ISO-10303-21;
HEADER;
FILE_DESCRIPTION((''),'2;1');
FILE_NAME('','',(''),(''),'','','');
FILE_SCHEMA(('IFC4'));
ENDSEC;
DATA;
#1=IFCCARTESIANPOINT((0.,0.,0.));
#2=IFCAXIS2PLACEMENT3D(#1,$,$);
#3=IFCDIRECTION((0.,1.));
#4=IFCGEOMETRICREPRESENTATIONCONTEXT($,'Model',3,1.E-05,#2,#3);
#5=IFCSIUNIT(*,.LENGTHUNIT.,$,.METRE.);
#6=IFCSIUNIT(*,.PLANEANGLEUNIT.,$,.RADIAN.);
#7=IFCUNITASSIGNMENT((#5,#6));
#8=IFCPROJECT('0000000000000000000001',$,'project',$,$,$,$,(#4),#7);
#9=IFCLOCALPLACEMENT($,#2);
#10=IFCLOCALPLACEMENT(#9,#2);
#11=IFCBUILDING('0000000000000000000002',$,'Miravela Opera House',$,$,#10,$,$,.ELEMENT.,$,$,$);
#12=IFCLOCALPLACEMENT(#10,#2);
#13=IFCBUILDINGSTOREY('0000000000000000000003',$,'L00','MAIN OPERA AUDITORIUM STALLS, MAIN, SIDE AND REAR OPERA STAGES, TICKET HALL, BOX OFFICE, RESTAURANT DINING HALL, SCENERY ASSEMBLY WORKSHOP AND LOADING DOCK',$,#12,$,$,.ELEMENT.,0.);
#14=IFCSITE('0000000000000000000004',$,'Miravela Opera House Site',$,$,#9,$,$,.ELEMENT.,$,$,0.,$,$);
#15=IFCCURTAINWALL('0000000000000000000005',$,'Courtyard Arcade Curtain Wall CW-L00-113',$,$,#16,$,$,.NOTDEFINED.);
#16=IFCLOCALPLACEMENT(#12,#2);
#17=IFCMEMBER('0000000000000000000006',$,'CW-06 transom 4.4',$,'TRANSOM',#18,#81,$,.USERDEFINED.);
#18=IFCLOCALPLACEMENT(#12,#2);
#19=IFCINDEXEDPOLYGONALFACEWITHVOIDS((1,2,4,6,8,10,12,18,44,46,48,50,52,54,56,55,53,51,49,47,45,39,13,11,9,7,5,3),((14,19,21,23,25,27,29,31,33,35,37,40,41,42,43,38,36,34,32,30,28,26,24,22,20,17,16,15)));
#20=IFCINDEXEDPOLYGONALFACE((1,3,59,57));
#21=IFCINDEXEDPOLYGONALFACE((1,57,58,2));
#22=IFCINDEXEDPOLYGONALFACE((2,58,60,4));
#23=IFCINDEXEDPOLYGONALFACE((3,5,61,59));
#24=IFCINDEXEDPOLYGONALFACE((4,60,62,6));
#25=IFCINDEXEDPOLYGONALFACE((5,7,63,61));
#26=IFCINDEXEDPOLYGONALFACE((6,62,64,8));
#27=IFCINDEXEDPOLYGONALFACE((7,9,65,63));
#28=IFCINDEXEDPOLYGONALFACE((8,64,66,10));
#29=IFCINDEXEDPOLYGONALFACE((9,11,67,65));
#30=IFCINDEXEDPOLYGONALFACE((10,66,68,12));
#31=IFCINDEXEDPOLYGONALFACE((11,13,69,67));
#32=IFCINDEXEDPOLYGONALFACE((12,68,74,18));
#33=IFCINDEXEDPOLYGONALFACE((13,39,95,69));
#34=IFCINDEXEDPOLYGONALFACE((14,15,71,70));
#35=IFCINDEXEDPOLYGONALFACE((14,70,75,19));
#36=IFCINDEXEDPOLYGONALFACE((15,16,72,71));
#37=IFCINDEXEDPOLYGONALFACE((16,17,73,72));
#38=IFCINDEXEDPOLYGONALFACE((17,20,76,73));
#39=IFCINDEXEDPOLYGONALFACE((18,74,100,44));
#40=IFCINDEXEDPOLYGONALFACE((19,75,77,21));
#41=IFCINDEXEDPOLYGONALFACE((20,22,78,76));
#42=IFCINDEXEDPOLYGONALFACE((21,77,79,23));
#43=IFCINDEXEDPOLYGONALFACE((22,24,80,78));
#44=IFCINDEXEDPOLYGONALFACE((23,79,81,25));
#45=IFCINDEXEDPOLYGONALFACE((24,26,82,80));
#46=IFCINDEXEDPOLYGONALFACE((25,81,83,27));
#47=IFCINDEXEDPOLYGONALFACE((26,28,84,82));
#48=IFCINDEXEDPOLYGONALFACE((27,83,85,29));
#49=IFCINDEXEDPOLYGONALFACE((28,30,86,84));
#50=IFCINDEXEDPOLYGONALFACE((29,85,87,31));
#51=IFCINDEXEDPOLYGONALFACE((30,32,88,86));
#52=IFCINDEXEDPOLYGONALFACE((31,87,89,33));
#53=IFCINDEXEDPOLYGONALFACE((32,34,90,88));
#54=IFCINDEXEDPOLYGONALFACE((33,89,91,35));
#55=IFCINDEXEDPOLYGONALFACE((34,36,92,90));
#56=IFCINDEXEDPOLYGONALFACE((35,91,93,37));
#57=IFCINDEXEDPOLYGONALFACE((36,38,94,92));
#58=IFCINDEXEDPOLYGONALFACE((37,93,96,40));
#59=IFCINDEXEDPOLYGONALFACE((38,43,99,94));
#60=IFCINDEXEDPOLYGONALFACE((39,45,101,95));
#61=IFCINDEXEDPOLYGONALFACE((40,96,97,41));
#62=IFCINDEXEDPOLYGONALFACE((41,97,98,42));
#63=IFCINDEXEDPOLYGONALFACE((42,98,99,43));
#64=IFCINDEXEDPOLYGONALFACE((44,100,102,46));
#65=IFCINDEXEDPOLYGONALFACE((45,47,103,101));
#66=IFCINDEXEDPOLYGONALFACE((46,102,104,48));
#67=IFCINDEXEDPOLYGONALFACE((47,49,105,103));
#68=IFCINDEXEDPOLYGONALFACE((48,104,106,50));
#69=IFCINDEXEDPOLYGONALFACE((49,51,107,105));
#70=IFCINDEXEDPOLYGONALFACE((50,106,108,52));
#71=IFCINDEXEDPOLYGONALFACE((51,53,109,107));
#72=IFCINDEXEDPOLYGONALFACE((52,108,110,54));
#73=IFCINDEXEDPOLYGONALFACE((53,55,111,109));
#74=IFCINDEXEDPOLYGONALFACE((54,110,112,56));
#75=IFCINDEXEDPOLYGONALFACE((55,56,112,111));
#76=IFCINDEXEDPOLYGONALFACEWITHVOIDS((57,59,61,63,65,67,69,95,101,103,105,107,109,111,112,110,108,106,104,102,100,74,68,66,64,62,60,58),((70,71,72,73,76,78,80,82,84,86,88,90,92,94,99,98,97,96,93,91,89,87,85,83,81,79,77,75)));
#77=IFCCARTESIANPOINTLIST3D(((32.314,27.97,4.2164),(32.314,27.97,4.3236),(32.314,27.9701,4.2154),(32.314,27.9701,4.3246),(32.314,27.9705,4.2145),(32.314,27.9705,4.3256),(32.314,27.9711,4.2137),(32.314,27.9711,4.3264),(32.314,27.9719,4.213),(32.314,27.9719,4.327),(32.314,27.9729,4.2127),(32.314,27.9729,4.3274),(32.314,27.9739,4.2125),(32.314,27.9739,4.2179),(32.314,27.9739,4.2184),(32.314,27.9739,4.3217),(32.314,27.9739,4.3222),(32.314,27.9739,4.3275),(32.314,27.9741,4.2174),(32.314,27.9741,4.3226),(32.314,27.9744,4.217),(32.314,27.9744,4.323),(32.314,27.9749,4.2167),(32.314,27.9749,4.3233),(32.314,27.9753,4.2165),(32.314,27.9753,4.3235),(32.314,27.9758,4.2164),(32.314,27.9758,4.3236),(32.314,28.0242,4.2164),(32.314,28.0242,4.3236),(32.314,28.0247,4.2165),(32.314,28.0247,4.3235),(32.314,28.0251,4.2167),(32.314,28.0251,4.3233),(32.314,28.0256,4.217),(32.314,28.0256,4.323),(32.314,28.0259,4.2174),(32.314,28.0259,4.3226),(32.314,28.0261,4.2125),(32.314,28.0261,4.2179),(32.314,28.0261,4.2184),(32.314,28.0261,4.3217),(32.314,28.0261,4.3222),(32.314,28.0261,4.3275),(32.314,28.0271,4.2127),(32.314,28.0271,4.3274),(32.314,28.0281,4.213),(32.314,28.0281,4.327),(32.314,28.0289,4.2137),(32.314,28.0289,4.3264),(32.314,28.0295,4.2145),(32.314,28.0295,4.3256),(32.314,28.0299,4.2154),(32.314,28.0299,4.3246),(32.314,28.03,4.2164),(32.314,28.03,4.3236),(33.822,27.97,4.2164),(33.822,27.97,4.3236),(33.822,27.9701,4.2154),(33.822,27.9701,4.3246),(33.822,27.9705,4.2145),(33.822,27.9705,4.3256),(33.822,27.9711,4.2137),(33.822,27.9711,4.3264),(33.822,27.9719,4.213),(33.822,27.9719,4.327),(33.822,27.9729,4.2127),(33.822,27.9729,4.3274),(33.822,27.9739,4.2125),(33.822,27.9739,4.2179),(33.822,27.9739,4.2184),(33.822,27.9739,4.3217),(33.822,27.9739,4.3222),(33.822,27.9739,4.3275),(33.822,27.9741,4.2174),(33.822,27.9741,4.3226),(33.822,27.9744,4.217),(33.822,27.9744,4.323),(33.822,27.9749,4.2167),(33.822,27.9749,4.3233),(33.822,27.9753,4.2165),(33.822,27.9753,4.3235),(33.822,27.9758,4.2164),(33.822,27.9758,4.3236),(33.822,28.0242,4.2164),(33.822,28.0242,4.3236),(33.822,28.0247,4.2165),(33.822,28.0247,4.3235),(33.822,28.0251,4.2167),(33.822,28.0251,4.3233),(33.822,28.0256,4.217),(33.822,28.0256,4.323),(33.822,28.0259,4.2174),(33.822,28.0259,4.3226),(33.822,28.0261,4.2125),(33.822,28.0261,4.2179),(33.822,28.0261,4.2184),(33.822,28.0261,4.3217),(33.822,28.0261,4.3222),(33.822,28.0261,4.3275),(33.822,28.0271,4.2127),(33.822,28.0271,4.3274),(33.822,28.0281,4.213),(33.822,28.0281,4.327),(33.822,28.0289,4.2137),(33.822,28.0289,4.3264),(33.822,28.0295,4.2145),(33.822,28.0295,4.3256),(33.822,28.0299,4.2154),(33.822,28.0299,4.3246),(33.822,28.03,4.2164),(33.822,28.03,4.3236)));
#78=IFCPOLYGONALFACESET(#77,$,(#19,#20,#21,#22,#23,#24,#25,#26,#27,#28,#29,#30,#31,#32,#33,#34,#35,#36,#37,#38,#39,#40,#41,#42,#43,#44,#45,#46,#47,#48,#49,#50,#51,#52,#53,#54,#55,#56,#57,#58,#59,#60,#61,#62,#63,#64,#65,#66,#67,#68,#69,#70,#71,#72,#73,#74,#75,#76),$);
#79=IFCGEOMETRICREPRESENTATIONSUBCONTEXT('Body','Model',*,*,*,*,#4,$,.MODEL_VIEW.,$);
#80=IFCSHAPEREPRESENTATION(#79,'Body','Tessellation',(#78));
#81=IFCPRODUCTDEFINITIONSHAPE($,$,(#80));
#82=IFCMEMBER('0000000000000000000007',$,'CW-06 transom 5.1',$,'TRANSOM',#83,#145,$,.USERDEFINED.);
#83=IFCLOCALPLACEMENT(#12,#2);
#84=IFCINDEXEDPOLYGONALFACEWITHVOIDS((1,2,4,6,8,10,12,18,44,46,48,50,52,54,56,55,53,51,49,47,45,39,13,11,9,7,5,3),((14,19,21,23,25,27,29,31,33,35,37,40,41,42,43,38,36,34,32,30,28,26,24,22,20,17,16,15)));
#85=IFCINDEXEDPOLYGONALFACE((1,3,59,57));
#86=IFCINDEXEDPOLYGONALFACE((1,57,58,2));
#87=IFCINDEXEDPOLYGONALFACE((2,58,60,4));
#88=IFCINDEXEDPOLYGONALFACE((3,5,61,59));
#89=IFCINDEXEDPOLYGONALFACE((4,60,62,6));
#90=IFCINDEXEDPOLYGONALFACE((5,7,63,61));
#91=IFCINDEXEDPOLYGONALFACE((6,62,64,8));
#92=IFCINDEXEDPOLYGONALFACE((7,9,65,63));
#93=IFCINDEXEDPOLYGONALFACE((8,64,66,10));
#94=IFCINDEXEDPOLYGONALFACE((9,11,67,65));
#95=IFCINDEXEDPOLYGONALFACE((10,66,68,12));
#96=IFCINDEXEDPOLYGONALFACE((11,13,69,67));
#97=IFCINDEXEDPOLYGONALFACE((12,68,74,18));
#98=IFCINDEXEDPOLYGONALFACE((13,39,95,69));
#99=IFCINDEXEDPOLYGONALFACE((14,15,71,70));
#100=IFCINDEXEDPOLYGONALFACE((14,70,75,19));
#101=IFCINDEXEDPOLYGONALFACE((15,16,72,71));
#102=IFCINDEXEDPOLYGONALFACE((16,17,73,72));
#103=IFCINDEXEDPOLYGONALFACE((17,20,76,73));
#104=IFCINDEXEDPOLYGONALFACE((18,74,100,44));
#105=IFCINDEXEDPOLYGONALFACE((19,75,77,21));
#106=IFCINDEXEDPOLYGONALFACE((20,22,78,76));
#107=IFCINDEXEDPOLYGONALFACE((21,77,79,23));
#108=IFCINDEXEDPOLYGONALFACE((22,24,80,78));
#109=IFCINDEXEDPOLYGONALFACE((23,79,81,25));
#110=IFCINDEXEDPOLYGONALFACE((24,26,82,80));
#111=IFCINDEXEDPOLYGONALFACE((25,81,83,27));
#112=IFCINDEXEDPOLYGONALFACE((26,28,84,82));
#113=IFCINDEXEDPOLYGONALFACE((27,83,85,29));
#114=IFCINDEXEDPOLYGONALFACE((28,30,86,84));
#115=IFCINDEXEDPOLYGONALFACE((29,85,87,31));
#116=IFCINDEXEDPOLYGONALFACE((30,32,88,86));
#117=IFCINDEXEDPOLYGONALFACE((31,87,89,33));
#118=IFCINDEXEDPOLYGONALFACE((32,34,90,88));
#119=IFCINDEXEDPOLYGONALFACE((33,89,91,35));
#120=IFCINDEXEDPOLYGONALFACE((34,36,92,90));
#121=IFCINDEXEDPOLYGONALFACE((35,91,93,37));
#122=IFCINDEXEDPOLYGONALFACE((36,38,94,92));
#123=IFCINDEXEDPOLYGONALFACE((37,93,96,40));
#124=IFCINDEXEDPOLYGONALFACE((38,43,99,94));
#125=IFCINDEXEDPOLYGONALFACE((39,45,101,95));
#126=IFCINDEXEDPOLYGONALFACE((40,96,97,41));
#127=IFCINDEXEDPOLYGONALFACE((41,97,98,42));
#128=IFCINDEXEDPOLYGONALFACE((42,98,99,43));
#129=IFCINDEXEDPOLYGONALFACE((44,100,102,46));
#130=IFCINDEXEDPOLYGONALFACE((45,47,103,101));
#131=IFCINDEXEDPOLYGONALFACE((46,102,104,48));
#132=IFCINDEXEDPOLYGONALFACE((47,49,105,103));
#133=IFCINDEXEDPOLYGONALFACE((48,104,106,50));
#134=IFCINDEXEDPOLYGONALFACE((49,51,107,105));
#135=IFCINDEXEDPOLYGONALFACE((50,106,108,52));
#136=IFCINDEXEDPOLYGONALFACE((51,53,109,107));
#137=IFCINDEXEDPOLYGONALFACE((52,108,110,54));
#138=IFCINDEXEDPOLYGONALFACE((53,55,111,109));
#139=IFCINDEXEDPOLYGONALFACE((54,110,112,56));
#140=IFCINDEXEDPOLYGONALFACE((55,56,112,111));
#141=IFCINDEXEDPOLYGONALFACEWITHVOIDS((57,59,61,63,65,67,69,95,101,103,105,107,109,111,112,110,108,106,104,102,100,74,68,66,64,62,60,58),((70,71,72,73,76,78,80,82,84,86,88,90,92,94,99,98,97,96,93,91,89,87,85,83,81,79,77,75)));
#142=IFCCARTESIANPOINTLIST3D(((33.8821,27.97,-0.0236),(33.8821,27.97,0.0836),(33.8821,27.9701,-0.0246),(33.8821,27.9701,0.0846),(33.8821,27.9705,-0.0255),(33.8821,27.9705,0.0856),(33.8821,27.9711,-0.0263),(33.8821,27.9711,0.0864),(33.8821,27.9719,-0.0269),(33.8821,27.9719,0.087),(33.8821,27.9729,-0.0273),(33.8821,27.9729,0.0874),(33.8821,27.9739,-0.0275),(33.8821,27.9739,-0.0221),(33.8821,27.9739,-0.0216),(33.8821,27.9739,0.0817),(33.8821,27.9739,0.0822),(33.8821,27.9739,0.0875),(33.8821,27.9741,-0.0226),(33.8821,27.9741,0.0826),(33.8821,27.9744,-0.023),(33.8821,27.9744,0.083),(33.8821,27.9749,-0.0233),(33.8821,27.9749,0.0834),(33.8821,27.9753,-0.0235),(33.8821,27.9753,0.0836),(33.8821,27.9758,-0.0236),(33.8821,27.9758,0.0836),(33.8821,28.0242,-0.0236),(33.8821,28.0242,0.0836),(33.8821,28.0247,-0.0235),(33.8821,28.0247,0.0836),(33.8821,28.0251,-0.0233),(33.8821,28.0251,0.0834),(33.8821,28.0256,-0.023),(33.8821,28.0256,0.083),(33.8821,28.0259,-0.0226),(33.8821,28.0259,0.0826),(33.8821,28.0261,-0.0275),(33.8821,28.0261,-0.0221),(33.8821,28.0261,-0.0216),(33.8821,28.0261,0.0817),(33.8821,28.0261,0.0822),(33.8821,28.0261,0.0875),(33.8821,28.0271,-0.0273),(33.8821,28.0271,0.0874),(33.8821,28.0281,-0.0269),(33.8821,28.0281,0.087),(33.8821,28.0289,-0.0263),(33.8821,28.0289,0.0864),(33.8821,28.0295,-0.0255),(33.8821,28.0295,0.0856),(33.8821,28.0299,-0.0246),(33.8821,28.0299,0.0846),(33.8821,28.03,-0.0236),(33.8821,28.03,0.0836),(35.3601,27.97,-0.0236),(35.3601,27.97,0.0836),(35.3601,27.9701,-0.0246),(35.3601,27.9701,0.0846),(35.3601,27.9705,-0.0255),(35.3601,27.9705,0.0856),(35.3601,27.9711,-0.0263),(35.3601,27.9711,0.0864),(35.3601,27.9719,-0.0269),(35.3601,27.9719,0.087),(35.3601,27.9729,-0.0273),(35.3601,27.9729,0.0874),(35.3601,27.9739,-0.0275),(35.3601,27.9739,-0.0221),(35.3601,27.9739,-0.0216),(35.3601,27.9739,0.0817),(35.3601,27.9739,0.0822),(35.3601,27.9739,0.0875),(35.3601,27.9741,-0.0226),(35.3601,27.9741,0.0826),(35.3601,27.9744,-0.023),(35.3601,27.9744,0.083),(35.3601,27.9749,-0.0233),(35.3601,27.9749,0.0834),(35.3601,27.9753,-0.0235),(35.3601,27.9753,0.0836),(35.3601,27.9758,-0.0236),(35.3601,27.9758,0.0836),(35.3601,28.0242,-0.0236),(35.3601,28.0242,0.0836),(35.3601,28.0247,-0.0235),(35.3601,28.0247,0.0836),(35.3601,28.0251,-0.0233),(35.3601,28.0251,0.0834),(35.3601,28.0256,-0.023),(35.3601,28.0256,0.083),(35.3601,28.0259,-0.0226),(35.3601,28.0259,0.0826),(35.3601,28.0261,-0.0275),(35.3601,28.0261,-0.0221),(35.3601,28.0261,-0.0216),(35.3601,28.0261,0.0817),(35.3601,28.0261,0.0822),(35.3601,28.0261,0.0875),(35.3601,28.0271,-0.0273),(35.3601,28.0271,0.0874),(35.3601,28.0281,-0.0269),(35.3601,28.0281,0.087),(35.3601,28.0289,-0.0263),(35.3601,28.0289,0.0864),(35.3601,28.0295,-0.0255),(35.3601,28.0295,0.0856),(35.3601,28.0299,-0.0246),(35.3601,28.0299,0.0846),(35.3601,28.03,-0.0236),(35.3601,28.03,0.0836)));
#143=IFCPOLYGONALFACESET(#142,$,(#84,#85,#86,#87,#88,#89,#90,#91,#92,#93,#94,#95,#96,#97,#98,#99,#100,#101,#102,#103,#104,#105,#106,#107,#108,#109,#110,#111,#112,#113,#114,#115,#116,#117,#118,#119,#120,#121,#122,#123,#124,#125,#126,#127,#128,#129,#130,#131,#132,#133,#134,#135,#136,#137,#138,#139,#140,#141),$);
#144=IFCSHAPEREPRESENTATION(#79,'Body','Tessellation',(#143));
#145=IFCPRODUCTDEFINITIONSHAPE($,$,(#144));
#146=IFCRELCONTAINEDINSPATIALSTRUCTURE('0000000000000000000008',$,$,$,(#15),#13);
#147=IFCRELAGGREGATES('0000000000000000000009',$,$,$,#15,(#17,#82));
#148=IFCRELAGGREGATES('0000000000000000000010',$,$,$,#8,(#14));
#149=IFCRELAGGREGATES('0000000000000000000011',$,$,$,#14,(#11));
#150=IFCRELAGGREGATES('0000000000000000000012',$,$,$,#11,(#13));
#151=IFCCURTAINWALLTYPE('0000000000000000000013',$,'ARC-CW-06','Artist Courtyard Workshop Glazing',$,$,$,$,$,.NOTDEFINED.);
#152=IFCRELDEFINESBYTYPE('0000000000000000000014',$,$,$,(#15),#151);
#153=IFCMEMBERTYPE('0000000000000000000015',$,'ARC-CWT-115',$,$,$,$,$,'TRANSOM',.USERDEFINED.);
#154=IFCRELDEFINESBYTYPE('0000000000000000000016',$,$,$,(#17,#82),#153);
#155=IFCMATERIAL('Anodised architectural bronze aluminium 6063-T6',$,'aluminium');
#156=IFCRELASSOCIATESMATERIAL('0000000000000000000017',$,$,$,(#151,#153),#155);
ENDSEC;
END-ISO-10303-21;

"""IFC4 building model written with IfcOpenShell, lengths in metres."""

from ifc_helpers import new_model, si_unit, direction, frame, origin, origin_2d, place, context, subcontext, project, spatial, hollow_rectangle, extrude, material, material_profile, profile_set, type_object, element, aggregate, save


model = new_model("IFC4")

# Units and contexts
model_context = context("Model", 3, precision=1e-05, world=origin(), true_north=direction((0.0, 1.0)))
body_context = subcontext(model_context, "Body", "Model", "MODEL_VIEW")
ifc_project = project(units=[si_unit("LENGTHUNIT", "METRE"), si_unit("PLANEANGLEUNIT", "RADIAN")], contexts=[model_context])

# Site, building, storey
site_placement = place(None, origin())
site = spatial("IfcSite", under=ifc_project, at=site_placement, Name="Miravela Opera House Site", CompositionType="ELEMENT", RefElevation=0.0)
building_placement = place(site_placement, origin())
building = spatial("IfcBuilding", under=site, at=building_placement, Name="Miravela Opera House", CompositionType="ELEMENT")
storey_placement = place(building_placement, origin())
storey = spatial("IfcBuildingStorey", under=building, at=storey_placement, Name="L00", Description="MAIN OPERA AUDITORIUM STALLS, MAIN, SIDE AND REAR OPERA STAGES, TICKET HALL, BOX OFFICE, RESTAURANT DINING HALL, SCENERY ASSEMBLY WORKSHOP AND LOADING DOCK", CompositionType="ELEMENT", Elevation=0.0)

# Curtain wall, members
ifc_material_1 = material(Name="Anodised architectural bronze aluminium 6063-T6", Category="aluminium")
curtain_wall_type = type_object("IfcCurtainWallType", Name="ARC-CW-06", Description="Artist Courtyard Workshop Glazing", PredefinedType="NOTDEFINED", material=ifc_material_1)
curtain_wall_placement = place(storey_placement, origin())
curtain_wall = element("IfcCurtainWall", 1, at=curtain_wall_placement, inside=storey, type_object=curtain_wall_type, Name="Courtyard Arcade Curtain Wall CW-L00-113", PredefinedType="NOTDEFINED")
ifc_material_profile_1 = material_profile(ifc_material_1, hollow_rectangle(XDim=0.0601, YDim=0.115, WallThickness=0.0039, InnerFilletRadius=0.002, OuterFilletRadius=0.0039, at=origin_2d()), Name="CWT-60X115")
ifc_profile_set_1 = profile_set([ifc_material_profile_1])
member_type_1 = type_object("IfcMemberType", Name="ARC-CWT-115", ElementType="TRANSOM", PredefinedType="USERDEFINED", material=ifc_profile_set_1)
member_1_placement = place(storey_placement, frame((32.314, 28.0, 4.27), z_axis=(1.0, 0.0, 0.0), x_axis=(0.0, 1.0, 0.0)))
member_1 = element("IfcMember", 2, at=member_1_placement, type_object=member_type_1, Name="CW-06 transom 4.4", ObjectType="TRANSOM", PredefinedType="USERDEFINED", context=body_context, shape_type="SweptSolid", body=[
    extrude(hollow_rectangle(XDim=0.0601, YDim=0.115, WallThickness=0.0039, InnerFilletRadius=0.002, OuterFilletRadius=0.0039, at=origin_2d()), origin(), (0.0, 0.0, 1.0), 1.5081),
])
member_2_placement = place(storey_placement, frame((33.8821, 28.0, 0.03), z_axis=(1.0, 0.0, 0.0), x_axis=(0.0, 1.0, 0.0)))
member_2 = element("IfcMember", 3, at=member_2_placement, type_object=member_type_1, Name="CW-06 transom 5.1", ObjectType="TRANSOM", PredefinedType="USERDEFINED", context=body_context, shape_type="SweptSolid", body=[
    extrude(hollow_rectangle(XDim=0.0601, YDim=0.115, WallThickness=0.0039, InnerFilletRadius=0.002, OuterFilletRadius=0.0039, at=origin_2d()), origin(), (0.0, 0.0, 1.0), 1.478),
])

aggregate(curtain_wall, [member_1, member_2])

save(model, "model.ifc")
